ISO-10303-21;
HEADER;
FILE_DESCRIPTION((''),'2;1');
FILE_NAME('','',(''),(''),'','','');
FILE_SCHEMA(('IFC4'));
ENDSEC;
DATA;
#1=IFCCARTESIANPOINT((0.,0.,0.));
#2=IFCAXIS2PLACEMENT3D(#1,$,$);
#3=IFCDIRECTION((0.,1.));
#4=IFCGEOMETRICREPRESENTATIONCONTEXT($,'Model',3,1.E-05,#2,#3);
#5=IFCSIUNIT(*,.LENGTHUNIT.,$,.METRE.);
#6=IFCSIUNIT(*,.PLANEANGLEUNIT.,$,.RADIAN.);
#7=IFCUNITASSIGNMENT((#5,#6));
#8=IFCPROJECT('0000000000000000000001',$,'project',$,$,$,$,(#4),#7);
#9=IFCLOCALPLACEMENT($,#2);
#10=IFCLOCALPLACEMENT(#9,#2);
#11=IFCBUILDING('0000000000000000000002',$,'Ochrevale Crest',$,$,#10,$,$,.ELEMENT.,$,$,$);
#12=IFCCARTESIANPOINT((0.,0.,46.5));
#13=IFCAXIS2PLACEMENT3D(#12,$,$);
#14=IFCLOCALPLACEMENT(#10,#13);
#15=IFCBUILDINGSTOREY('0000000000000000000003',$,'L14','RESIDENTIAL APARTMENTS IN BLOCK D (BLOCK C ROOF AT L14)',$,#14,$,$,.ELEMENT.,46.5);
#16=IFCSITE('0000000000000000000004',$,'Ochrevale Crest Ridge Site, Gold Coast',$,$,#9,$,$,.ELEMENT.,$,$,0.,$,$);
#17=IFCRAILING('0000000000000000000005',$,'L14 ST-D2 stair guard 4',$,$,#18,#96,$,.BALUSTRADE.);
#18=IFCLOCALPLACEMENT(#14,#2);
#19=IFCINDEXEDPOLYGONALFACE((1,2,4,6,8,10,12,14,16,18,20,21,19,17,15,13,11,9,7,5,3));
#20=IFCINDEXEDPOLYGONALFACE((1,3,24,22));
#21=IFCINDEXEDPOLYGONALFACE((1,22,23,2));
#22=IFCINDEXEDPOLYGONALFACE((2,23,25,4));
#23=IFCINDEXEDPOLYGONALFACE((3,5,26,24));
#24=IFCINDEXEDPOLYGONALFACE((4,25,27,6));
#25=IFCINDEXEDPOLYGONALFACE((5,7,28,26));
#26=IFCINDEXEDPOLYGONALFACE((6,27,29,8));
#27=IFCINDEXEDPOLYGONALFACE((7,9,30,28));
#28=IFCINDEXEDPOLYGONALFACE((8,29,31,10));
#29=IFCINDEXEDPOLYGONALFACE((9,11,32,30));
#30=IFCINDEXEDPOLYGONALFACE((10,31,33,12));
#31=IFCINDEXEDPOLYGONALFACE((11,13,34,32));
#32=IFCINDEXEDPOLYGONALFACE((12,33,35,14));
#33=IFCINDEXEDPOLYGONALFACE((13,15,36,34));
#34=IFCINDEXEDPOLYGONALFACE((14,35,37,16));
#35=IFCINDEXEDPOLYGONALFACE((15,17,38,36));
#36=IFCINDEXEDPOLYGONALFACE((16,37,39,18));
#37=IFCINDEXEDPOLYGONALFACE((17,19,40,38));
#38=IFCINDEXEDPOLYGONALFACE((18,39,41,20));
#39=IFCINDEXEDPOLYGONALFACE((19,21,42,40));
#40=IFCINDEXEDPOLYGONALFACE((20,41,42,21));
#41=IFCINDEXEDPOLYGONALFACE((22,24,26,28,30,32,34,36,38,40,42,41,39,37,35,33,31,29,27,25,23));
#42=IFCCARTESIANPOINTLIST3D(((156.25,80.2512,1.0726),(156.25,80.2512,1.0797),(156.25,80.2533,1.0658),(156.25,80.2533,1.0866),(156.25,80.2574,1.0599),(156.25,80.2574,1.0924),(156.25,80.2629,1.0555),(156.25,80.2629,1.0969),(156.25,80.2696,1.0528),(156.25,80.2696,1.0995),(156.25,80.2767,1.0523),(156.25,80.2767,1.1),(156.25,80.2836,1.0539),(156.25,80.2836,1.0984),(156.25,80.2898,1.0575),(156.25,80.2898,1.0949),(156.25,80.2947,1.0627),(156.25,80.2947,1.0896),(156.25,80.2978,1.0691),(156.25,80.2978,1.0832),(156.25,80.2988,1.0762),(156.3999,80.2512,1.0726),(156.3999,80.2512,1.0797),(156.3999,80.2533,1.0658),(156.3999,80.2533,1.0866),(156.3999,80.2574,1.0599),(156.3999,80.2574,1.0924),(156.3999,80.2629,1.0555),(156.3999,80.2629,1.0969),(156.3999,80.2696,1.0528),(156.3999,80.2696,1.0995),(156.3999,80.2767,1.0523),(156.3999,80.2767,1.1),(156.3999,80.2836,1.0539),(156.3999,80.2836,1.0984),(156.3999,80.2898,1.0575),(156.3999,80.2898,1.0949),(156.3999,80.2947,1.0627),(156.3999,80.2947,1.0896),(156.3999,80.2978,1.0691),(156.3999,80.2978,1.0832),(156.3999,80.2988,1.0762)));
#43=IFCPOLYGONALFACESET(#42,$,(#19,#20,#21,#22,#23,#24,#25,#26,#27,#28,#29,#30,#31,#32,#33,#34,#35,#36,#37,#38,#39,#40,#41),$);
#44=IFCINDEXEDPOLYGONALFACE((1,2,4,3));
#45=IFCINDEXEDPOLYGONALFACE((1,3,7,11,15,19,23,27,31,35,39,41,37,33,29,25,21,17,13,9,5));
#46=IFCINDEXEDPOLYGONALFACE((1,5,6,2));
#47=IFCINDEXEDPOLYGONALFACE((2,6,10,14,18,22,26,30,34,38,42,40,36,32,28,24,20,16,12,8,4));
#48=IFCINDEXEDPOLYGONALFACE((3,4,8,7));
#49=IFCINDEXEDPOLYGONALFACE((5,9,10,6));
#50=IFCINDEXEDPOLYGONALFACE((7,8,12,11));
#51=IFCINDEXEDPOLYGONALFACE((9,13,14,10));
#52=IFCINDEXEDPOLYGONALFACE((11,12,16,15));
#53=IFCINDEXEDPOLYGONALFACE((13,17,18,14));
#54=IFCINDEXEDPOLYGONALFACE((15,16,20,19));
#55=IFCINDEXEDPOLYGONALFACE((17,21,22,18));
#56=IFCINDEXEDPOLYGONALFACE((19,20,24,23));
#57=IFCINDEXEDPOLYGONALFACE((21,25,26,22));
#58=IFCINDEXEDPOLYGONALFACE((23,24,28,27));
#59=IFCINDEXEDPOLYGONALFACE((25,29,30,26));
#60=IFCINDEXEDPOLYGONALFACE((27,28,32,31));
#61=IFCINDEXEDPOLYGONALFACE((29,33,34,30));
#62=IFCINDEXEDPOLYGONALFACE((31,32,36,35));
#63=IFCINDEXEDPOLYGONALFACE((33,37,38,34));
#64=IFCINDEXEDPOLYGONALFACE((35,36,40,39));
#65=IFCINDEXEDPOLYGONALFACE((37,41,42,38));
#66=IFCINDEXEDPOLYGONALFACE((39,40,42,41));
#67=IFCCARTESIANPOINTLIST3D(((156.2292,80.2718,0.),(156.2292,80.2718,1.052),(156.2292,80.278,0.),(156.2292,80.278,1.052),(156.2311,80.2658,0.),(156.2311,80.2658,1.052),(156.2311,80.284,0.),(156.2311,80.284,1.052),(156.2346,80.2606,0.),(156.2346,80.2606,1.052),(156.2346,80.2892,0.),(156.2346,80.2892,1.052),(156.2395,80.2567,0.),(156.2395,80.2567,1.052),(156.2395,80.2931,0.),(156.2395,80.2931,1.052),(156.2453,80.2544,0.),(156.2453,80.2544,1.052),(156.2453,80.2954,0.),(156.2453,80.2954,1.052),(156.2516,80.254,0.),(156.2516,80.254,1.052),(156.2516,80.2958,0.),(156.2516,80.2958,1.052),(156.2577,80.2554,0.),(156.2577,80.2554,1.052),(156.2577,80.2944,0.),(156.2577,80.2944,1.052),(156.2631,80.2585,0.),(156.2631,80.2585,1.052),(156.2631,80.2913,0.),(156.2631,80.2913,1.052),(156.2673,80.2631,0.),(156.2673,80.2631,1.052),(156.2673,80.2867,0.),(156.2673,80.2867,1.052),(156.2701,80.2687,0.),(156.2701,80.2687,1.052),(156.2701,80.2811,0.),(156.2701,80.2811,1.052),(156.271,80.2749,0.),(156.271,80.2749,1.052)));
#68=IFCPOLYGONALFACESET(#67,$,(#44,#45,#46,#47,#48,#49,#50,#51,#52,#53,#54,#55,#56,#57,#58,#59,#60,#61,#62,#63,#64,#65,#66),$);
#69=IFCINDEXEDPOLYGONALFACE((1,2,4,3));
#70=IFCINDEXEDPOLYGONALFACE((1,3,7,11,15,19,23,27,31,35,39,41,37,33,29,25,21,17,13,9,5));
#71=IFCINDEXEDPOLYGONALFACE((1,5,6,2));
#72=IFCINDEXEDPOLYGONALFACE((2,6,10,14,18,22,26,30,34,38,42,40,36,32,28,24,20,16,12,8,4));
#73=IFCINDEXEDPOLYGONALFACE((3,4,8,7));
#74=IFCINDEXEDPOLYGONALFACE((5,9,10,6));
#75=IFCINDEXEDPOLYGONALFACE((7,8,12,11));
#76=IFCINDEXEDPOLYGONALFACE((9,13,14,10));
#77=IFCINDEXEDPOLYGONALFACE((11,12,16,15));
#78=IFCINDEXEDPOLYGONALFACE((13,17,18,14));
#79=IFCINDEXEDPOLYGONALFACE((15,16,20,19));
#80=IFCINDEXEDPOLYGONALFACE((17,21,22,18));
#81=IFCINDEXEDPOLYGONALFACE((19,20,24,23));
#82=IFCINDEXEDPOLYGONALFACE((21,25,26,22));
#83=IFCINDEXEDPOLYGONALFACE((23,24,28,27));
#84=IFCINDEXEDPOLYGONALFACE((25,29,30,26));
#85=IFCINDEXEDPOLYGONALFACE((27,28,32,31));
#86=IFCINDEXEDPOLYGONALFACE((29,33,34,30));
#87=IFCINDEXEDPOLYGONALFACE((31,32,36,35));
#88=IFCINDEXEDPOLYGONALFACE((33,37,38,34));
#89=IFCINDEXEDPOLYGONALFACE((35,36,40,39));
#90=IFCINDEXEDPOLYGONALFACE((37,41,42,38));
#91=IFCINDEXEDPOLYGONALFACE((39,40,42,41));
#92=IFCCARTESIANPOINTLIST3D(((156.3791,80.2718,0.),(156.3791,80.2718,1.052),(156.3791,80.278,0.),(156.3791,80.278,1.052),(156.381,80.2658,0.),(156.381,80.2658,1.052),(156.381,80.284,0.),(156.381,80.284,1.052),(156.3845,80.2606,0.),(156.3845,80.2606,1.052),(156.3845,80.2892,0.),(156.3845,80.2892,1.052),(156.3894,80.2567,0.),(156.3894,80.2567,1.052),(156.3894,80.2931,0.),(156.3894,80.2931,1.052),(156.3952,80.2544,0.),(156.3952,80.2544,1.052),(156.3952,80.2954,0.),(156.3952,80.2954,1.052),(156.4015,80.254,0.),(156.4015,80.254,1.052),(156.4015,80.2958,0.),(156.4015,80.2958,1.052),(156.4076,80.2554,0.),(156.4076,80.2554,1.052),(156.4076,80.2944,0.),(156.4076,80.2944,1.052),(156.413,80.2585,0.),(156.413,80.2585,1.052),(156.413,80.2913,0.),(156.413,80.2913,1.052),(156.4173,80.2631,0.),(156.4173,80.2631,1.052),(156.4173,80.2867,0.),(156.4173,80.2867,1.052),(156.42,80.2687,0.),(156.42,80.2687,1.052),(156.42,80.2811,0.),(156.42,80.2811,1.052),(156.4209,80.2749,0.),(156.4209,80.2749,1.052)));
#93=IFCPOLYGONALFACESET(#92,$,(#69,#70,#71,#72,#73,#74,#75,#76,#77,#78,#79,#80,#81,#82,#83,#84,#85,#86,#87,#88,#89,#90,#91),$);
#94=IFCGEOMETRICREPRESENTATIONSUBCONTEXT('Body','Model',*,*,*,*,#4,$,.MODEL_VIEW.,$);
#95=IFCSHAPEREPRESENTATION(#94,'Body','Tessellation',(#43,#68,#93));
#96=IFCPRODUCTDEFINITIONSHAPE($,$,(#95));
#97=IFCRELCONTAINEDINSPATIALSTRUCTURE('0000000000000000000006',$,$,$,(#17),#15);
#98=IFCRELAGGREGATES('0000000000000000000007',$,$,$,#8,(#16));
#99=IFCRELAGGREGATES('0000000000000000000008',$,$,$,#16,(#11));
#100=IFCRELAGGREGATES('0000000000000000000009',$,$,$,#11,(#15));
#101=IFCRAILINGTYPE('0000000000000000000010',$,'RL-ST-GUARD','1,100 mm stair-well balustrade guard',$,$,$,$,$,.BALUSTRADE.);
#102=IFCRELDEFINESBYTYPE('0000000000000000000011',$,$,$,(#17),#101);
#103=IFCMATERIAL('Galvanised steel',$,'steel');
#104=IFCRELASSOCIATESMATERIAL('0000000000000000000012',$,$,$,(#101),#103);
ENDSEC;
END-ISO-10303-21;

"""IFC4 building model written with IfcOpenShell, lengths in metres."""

from ifc_helpers import new_model, si_unit, direction, frame, origin, origin_2d, place, context, subcontext, project, spatial, circle, extrude, material, type_object, element, save


model = new_model("IFC4")

# Units and contexts
model_context = context("Model", 3, precision=1e-05, world=origin(), true_north=direction((0.0, 1.0)))
body_context = subcontext(model_context, "Body", "Model", "MODEL_VIEW")
ifc_project = project(units=[si_unit("LENGTHUNIT", "METRE"), si_unit("PLANEANGLEUNIT", "RADIAN")], contexts=[model_context])

# Site, building, storey
site_placement = place(None, origin())
site = spatial("IfcSite", under=ifc_project, at=site_placement, Name="Ochrevale Crest Ridge Site, Gold Coast", CompositionType="ELEMENT", RefElevation=0.0)
building_placement = place(site_placement, origin())
building = spatial("IfcBuilding", under=site, at=building_placement, Name="Ochrevale Crest", CompositionType="ELEMENT")
storey_placement = place(building_placement, frame((0.0, 0.0, 46.5)))
storey = spatial("IfcBuildingStorey", under=building, at=storey_placement, Name="L14", Description="RESIDENTIAL APARTMENTS IN BLOCK D (BLOCK C ROOF AT L14)", CompositionType="ELEMENT", Elevation=46.5)

# Railing
ifc_material_1 = material(Name="Galvanised steel", Category="steel")
railing_type_1 = type_object("IfcRailingType", Name="RL-ST-GUARD", Description="1,100 mm stair-well balustrade guard", PredefinedType="BALUSTRADE", material=ifc_material_1)
railing_1_placement = place(storey_placement, frame((156.25, 80.2749, 0.0)))
element("IfcRailing", 1, at=railing_1_placement, inside=storey, type_object=railing_type_1, Name="L14 ST-D2 stair guard 4", PredefinedType="BALUSTRADE", context=body_context, shape_type="SweptSolid", body=[
    extrude(circle(Radius=0.0239, at=origin_2d()), frame((0.0, 0.0, 1.0762), z_axis=(1.0, 0.0, 0.0), x_axis=(0.0, 1.0, 0.0)), (0.0, 0.0, 1.0), 0.1499),
    extrude(circle(Radius=0.021, at=origin_2d()), origin(), (0.0, 0.0, 1.0), 1.052),
    extrude(circle(Radius=0.021, at=origin_2d()), frame((0.1499, 0.0, 0.0)), (0.0, 0.0, 1.0), 1.052),
])

save(model, "model.ifc")
